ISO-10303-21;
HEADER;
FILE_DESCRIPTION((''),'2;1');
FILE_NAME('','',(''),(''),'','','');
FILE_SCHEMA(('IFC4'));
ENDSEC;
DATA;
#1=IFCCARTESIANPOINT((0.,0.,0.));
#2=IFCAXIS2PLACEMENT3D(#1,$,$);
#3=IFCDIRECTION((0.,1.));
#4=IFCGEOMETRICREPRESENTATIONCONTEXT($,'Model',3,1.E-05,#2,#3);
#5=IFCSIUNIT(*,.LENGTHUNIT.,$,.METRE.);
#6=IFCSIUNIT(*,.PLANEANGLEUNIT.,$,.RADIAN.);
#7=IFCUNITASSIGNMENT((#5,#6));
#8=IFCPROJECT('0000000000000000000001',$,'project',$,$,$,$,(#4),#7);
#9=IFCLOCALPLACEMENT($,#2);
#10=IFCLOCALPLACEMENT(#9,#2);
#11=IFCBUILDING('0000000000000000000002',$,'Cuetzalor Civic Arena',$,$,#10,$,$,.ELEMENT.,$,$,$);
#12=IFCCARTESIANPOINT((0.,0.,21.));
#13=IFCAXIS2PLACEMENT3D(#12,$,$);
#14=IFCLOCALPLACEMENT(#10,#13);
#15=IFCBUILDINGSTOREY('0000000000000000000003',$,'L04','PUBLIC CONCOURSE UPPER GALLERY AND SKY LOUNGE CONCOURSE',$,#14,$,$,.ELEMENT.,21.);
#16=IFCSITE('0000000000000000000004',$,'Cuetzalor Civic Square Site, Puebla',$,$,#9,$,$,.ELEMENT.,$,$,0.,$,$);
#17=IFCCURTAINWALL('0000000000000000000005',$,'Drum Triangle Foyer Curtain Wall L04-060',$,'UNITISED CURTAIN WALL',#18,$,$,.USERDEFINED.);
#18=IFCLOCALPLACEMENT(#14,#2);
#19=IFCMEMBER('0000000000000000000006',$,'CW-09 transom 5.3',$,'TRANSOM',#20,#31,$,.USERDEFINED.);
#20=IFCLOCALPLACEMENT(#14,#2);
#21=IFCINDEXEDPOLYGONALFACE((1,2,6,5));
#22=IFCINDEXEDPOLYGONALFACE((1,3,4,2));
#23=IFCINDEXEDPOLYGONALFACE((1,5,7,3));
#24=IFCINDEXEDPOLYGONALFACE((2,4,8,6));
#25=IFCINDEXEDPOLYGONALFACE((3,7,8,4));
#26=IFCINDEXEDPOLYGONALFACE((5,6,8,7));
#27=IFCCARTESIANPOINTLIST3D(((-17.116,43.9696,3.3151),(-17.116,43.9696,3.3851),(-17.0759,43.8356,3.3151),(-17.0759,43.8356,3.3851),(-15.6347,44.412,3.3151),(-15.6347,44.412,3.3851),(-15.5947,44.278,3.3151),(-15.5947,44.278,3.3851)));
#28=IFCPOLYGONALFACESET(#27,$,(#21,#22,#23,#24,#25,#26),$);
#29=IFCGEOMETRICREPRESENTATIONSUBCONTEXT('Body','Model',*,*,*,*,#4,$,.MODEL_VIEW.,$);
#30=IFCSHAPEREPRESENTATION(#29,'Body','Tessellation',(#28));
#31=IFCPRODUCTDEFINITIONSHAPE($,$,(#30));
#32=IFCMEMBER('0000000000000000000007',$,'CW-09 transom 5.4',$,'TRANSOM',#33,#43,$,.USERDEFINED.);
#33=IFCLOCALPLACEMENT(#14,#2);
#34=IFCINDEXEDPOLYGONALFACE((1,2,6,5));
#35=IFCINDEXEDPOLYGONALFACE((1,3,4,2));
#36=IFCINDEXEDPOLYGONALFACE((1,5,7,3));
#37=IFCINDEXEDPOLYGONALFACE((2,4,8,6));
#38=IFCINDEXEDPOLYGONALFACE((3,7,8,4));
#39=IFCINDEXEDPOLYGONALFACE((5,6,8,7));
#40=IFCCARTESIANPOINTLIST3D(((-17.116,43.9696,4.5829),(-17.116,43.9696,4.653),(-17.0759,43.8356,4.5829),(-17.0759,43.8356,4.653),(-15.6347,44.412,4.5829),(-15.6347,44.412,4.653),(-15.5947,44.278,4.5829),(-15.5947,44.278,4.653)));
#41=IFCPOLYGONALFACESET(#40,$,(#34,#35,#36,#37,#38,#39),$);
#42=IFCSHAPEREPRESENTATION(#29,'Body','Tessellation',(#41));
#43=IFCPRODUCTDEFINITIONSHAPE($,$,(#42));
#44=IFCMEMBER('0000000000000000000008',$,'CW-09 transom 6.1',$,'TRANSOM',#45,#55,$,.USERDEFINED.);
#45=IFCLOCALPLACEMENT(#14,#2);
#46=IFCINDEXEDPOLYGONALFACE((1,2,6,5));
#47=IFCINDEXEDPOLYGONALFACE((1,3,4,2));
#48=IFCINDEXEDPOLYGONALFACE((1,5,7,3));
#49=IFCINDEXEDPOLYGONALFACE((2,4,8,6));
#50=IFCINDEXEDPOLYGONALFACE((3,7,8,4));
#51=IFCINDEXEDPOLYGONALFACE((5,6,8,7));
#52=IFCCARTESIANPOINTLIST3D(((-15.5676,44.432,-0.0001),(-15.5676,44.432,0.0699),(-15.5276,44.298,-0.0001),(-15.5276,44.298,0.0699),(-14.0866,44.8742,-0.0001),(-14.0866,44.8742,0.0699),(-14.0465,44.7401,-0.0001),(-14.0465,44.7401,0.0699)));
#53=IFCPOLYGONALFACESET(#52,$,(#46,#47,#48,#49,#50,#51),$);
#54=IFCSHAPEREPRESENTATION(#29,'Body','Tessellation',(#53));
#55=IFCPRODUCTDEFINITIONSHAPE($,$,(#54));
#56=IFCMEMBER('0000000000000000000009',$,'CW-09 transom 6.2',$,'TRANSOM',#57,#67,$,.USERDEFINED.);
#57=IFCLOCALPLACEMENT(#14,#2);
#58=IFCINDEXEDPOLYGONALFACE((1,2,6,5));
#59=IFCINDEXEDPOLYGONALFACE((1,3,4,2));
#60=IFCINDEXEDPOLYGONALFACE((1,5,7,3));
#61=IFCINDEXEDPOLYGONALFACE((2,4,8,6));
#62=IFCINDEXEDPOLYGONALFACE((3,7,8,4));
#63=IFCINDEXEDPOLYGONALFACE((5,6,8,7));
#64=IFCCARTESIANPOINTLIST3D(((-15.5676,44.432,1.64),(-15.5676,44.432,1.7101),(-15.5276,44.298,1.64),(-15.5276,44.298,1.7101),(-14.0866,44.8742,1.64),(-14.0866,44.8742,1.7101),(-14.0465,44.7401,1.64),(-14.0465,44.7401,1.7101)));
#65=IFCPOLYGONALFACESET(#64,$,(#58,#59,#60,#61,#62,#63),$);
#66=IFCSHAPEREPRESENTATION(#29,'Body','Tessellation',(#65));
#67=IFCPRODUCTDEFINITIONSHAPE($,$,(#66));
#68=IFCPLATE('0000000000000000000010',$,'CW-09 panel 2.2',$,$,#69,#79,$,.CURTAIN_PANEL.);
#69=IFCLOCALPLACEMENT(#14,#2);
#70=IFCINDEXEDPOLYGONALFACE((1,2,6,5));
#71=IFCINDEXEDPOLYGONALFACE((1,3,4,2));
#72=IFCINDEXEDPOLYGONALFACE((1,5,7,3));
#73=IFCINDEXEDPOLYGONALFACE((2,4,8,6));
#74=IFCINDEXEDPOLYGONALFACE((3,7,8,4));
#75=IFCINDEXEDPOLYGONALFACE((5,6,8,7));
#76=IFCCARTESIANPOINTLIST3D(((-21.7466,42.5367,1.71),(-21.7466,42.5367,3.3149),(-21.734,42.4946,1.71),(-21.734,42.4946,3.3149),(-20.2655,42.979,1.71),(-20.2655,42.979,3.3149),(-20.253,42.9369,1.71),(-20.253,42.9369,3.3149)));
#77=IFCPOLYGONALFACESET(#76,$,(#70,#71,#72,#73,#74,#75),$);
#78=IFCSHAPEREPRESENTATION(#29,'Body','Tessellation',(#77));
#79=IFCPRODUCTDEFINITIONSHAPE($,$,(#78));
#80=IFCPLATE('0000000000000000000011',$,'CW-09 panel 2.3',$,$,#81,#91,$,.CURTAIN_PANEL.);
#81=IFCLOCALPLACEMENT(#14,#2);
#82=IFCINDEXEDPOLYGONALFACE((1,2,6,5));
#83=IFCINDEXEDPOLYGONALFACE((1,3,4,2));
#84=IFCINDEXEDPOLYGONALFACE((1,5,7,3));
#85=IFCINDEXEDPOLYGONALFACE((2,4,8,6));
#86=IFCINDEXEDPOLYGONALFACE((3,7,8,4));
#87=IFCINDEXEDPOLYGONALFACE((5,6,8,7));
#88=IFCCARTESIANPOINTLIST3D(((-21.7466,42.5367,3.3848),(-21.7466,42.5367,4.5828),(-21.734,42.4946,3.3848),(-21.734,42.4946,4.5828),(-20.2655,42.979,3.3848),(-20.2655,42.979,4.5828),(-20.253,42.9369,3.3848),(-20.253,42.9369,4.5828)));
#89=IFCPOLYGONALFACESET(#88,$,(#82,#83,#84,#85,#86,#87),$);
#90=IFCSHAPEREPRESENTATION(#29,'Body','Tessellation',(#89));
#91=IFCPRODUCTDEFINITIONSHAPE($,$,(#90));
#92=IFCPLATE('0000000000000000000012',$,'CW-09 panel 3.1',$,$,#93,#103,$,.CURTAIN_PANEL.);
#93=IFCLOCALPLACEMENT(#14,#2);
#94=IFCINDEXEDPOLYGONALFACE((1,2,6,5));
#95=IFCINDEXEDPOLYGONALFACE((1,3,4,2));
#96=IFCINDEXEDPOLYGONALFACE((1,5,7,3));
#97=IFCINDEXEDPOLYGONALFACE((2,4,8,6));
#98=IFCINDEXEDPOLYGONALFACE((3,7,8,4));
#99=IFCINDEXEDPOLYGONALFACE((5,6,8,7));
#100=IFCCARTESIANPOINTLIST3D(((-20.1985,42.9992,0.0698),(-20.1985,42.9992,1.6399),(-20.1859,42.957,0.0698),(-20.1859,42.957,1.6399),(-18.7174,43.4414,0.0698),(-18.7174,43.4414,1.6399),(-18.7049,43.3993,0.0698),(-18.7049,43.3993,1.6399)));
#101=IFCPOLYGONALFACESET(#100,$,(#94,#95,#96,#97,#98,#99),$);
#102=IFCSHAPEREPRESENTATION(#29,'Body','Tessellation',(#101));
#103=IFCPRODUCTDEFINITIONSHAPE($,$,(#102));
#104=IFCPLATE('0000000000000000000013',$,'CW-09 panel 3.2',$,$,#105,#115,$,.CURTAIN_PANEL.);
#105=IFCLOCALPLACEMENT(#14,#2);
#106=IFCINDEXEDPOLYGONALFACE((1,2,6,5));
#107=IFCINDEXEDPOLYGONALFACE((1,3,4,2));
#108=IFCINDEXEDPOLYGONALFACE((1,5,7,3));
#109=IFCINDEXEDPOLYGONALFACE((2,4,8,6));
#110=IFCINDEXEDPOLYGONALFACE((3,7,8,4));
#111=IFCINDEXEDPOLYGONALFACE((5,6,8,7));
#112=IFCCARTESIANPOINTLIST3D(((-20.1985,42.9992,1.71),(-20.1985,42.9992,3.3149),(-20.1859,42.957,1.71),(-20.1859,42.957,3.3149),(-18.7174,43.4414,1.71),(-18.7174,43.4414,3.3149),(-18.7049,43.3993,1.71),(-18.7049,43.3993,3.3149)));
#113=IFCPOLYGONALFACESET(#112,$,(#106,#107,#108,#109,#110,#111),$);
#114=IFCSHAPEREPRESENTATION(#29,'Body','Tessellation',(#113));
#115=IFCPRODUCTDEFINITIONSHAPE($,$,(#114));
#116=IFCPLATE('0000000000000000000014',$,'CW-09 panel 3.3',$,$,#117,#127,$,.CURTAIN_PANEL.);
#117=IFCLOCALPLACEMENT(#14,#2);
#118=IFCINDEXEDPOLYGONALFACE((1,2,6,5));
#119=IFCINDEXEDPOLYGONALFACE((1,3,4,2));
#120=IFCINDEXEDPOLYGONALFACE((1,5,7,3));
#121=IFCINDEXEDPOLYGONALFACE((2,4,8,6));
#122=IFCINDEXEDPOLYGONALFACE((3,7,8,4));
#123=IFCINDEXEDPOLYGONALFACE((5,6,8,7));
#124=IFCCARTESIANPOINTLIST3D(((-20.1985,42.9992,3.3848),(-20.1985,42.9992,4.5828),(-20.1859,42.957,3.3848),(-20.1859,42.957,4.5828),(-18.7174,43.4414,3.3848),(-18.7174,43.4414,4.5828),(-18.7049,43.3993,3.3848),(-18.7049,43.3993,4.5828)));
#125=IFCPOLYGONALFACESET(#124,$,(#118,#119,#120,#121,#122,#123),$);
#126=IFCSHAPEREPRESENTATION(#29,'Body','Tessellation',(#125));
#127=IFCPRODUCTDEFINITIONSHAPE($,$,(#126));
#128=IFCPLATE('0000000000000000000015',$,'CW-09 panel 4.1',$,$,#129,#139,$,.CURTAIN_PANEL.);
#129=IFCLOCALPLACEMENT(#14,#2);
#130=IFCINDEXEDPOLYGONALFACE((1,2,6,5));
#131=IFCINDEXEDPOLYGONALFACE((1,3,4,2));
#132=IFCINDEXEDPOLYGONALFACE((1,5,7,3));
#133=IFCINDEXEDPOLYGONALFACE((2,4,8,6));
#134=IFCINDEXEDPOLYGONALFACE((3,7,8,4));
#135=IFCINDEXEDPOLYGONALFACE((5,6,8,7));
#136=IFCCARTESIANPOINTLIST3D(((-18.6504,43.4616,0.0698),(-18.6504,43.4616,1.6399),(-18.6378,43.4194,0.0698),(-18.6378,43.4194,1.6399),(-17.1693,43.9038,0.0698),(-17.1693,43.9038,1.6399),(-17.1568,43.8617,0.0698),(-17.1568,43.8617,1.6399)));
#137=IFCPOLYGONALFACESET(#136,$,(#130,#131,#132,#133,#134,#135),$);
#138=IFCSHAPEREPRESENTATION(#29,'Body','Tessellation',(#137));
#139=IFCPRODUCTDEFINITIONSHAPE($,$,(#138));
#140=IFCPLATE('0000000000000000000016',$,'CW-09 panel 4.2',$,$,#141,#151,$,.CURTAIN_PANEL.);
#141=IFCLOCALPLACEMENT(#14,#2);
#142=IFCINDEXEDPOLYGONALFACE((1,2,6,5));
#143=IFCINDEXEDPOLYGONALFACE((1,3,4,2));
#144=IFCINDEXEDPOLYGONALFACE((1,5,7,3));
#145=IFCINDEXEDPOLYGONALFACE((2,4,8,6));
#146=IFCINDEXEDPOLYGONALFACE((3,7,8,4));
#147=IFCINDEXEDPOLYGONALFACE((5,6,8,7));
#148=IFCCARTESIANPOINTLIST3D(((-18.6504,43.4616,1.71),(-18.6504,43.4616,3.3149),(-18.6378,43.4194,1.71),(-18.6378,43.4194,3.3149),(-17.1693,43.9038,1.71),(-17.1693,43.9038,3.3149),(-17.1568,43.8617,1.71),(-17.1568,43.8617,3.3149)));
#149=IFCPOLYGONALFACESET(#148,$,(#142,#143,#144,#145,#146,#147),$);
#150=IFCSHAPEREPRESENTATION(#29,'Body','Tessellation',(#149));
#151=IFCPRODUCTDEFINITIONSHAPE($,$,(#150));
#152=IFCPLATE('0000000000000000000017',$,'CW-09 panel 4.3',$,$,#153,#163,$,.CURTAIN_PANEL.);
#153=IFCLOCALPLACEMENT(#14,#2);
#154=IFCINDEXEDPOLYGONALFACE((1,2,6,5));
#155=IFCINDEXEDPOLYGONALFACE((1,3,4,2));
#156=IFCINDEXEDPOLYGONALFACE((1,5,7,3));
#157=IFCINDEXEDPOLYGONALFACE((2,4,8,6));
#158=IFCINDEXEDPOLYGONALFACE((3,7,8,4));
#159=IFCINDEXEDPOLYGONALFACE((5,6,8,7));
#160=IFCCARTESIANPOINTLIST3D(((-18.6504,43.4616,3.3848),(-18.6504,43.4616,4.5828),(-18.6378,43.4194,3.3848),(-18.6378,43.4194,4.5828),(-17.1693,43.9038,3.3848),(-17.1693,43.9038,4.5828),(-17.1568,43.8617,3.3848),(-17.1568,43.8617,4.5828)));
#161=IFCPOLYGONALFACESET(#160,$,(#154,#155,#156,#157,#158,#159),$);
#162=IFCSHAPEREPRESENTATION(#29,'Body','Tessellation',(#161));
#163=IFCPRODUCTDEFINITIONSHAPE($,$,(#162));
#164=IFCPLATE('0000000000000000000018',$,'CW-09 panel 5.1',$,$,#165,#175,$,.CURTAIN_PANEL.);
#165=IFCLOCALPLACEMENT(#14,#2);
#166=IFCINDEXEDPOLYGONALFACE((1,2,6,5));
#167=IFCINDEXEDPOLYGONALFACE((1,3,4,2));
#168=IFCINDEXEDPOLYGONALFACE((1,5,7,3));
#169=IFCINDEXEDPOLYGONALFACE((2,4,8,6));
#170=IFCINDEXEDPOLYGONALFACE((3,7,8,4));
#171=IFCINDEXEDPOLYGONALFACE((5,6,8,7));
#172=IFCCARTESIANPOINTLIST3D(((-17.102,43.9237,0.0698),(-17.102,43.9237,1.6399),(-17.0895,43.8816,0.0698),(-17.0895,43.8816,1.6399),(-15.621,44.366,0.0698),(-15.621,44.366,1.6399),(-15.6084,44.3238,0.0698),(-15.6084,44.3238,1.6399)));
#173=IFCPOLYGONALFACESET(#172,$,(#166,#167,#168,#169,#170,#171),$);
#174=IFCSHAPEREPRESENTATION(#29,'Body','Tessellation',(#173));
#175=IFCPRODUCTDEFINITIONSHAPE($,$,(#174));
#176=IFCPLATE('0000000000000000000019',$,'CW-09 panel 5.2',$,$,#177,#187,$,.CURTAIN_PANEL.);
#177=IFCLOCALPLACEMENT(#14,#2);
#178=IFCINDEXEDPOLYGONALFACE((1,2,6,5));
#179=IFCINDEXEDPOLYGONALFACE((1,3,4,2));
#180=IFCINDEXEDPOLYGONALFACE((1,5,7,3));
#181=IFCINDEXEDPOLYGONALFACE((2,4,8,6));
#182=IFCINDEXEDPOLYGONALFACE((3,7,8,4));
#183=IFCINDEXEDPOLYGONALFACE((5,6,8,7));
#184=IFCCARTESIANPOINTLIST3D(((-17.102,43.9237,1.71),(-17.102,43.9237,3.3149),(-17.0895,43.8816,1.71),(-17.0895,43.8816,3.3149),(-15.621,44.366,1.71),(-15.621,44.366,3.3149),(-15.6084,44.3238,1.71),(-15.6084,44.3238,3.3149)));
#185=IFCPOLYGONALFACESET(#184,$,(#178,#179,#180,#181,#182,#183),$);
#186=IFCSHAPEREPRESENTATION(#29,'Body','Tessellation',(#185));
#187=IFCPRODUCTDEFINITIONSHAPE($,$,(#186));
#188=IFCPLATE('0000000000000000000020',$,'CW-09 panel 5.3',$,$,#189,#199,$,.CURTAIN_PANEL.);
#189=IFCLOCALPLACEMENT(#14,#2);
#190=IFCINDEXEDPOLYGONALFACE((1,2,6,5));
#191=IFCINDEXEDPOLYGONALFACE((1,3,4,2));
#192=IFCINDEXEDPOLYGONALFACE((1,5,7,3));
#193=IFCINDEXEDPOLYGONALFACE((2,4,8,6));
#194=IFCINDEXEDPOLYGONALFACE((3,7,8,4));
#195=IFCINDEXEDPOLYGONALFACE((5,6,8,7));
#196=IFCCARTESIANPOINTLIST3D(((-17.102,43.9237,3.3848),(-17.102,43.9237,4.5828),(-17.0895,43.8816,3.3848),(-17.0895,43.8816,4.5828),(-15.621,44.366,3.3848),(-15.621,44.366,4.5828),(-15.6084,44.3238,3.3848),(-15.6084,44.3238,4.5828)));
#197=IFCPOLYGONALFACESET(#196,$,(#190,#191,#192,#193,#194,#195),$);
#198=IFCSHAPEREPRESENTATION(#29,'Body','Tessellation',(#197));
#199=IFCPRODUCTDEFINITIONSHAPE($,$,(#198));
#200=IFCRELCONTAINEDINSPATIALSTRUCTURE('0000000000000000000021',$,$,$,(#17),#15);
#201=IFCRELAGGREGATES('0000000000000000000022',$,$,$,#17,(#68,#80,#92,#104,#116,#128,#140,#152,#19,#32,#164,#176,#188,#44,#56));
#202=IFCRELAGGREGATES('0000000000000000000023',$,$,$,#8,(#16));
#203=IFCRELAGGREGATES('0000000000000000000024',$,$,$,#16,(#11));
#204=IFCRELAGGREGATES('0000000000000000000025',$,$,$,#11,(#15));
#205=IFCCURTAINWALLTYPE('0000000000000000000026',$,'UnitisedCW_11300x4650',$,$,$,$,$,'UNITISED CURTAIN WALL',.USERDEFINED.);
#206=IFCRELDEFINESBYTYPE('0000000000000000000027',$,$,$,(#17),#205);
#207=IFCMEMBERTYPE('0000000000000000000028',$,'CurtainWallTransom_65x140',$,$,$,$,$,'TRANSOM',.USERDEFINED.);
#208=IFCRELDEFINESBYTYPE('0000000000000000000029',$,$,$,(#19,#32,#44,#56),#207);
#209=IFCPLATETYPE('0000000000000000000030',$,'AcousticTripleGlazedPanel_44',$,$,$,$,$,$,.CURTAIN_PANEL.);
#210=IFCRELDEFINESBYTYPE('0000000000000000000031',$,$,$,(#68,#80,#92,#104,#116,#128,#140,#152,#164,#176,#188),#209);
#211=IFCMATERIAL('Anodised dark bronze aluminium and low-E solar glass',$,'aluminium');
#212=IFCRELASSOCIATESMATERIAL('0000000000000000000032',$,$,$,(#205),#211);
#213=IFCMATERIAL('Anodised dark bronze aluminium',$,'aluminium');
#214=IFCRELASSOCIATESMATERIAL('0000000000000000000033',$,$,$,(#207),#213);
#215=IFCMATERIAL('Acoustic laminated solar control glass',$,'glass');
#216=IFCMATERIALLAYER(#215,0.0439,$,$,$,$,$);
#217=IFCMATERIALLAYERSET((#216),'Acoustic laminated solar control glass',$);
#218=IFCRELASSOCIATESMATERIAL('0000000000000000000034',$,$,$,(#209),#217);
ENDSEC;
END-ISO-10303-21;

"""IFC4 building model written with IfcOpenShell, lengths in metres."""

from ifc_helpers import new_model, si_unit, direction, frame, origin, origin_2d, place, context, subcontext, project, spatial, rectangle, extrude, material, layer, layer_set, material_profile, profile_set, type_object, element, aggregate, save


model = new_model("IFC4")

# Units and contexts
model_context = context("Model", 3, precision=1e-05, world=origin(), true_north=direction((0.0, 1.0)))
body_context = subcontext(model_context, "Body", "Model", "MODEL_VIEW")
ifc_project = project(units=[si_unit("LENGTHUNIT", "METRE"), si_unit("PLANEANGLEUNIT", "RADIAN")], contexts=[model_context])

# Site, building, storey
site_placement = place(None, origin())
site = spatial("IfcSite", under=ifc_project, at=site_placement, Name="Cuetzalor Civic Square Site, Puebla", CompositionType="ELEMENT", RefElevation=0.0)
building_placement = place(site_placement, origin())
building = spatial("IfcBuilding", under=site, at=building_placement, Name="Cuetzalor Civic Arena", CompositionType="ELEMENT")
storey_placement = place(building_placement, frame((0.0, 0.0, 21.0)))
storey = spatial("IfcBuildingStorey", under=building, at=storey_placement, Name="L04", Description="PUBLIC CONCOURSE UPPER GALLERY AND SKY LOUNGE CONCOURSE", CompositionType="ELEMENT", Elevation=21.0)

# Curtain wall, members, plates
ifc_material_1 = material(Name="Anodised dark bronze aluminium and low-E solar glass", Category="aluminium")
curtain_wall_type = type_object("IfcCurtainWallType", Name="UnitisedCW_11300x4650", ElementType="UNITISED CURTAIN WALL", PredefinedType="USERDEFINED", material=ifc_material_1)
curtain_wall_placement = place(storey_placement, origin())
curtain_wall = element("IfcCurtainWall", 1, at=curtain_wall_placement, inside=storey, type_object=curtain_wall_type, Name="Drum Triangle Foyer Curtain Wall L04-060", ObjectType="UNITISED CURTAIN WALL", PredefinedType="USERDEFINED")
ifc_material_2 = material(Name="Anodised dark bronze aluminium", Category="aluminium")
ifc_material_profile_1 = material_profile(ifc_material_2, rectangle(XDim=0.1399, YDim=0.0701, at=origin_2d()), Name="ALU TRANSOM 70x140")
ifc_profile_set_1 = profile_set([ifc_material_profile_1], Name="Anodised dark bronze aluminium")
member_type_1 = type_object("IfcMemberType", Name="CurtainWallTransom_65x140", ElementType="TRANSOM", PredefinedType="USERDEFINED", material=ifc_profile_set_1)
member_1_placement = place(storey_placement, frame((-17.0959, 43.9026, 3.3501), z_axis=(0.958178, 0.286174, 0.0), x_axis=(-0.286174, 0.958178, 0.0)))
member_1 = element("IfcMember", 2, at=member_1_placement, type_object=member_type_1, Name="CW-09 transom 5.3", ObjectType="TRANSOM", PredefinedType="USERDEFINED", context=body_context, shape_type="SweptSolid", body=[
    extrude(rectangle(XDim=0.1399, YDim=0.0701, at=origin_2d()), origin(), (0.0, 0.0, 1.0), 1.5459),
])
member_2_placement = place(storey_placement, frame((-17.0959, 43.9026, 4.6179), z_axis=(0.958178, 0.286174, 0.0), x_axis=(-0.286174, 0.958178, 0.0)))
member_2 = element("IfcMember", 3, at=member_2_placement, type_object=member_type_1, Name="CW-09 transom 5.4", ObjectType="TRANSOM", PredefinedType="USERDEFINED", context=body_context, shape_type="SweptSolid", body=[
    extrude(rectangle(XDim=0.1399, YDim=0.0701, at=origin_2d()), origin(), (0.0, 0.0, 1.0), 1.5459),
])
member_3_placement = place(storey_placement, frame((-15.5476, 44.365, 0.0349), z_axis=(0.958208, 0.286072, 0.0), x_axis=(-0.286072, 0.958208, 0.0)))
member_3 = element("IfcMember", 4, at=member_3_placement, type_object=member_type_1, Name="CW-09 transom 6.1", ObjectType="TRANSOM", PredefinedType="USERDEFINED", context=body_context, shape_type="SweptSolid", body=[
    extrude(rectangle(XDim=0.1399, YDim=0.0701, at=origin_2d()), origin(), (0.0, 0.0, 1.0), 1.5457),
])
member_4_placement = place(storey_placement, frame((-15.5476, 44.365, 1.675), z_axis=(0.958208, 0.286072, 0.0), x_axis=(-0.286072, 0.958208, 0.0)))
member_4 = element("IfcMember", 5, at=member_4_placement, type_object=member_type_1, Name="CW-09 transom 6.2", ObjectType="TRANSOM", PredefinedType="USERDEFINED", context=body_context, shape_type="SweptSolid", body=[
    extrude(rectangle(XDim=0.1399, YDim=0.0701, at=origin_2d()), origin(), (0.0, 0.0, 1.0), 1.5457),
])
ifc_material_3 = material(Name="Acoustic laminated solar control glass", Category="glass")
ifc_layer = layer(ifc_material_3, 0.0439)
ifc_layer_set = layer_set([ifc_layer], Name="Acoustic laminated solar control glass")
plate_type = type_object("IfcPlateType", Name="AcousticTripleGlazedPanel_44", PredefinedType="CURTAIN_PANEL", material=ifc_layer_set)
plate_1_placement = place(storey_placement, frame((-20.9998, 42.7368, 1.71), z_axis=(0.0, 0.0, 1.0), x_axis=(0.958194, 0.28612, 0.0)))
plate_1 = element("IfcPlate", 6, at=plate_1_placement, type_object=plate_type, Name="CW-09 panel 2.2", PredefinedType="CURTAIN_PANEL", context=body_context, shape_type="SweptSolid", body=[
    extrude(rectangle(XDim=1.5457, YDim=0.0439, at=origin_2d()), origin(), (0.0, 0.0, 1.0), 1.605),
])
plate_2_placement = place(storey_placement, frame((-20.9998, 42.7368, 3.3848), z_axis=(0.0, 0.0, 1.0), x_axis=(0.958194, 0.28612, 0.0)))
plate_2 = element("IfcPlate", 7, at=plate_2_placement, type_object=plate_type, Name="CW-09 panel 2.3", PredefinedType="CURTAIN_PANEL", context=body_context, shape_type="SweptSolid", body=[
    extrude(rectangle(XDim=1.5457, YDim=0.0439, at=origin_2d()), origin(), (0.0, 0.0, 1.0), 1.198),
])
plate_3_placement = place(storey_placement, frame((-19.4517, 43.1992, 0.0698), z_axis=(0.0, 0.0, 1.0), x_axis=(0.958194, 0.28612, 0.0)))
plate_3 = element("IfcPlate", 8, at=plate_3_placement, type_object=plate_type, Name="CW-09 panel 3.1", PredefinedType="CURTAIN_PANEL", context=body_context, shape_type="SweptSolid", body=[
    extrude(rectangle(XDim=1.5457, YDim=0.0439, at=origin_2d()), origin(), (0.0, 0.0, 1.0), 1.5701),
])
plate_4_placement = place(storey_placement, frame((-19.4517, 43.1992, 1.71), z_axis=(0.0, 0.0, 1.0), x_axis=(0.958194, 0.28612, 0.0)))
plate_4 = element("IfcPlate", 9, at=plate_4_placement, type_object=plate_type, Name="CW-09 panel 3.2", PredefinedType="CURTAIN_PANEL", context=body_context, shape_type="SweptSolid", body=[
    extrude(rectangle(XDim=1.5457, YDim=0.0439, at=origin_2d()), origin(), (0.0, 0.0, 1.0), 1.605),
])
plate_5_placement = place(storey_placement, frame((-19.4517, 43.1992, 3.3848), z_axis=(0.0, 0.0, 1.0), x_axis=(0.958194, 0.28612, 0.0)))
plate_5 = element("IfcPlate", 10, at=plate_5_placement, type_object=plate_type, Name="CW-09 panel 3.3", PredefinedType="CURTAIN_PANEL", context=body_context, shape_type="SweptSolid", body=[
    extrude(rectangle(XDim=1.5457, YDim=0.0439, at=origin_2d()), origin(), (0.0, 0.0, 1.0), 1.198),
])
plate_6_placement = place(storey_placement, frame((-17.9036, 43.6616, 0.0698), z_axis=(0.0, 0.0, 1.0), x_axis=(0.958194, 0.28612, 0.0)))
plate_6 = element("IfcPlate", 11, at=plate_6_placement, type_object=plate_type, Name="CW-09 panel 4.1", PredefinedType="CURTAIN_PANEL", context=body_context, shape_type="SweptSolid", body=[
    extrude(rectangle(XDim=1.5457, YDim=0.0439, at=origin_2d()), origin(), (0.0, 0.0, 1.0), 1.5701),
])
plate_7_placement = place(storey_placement, frame((-17.9036, 43.6616, 1.71), z_axis=(0.0, 0.0, 1.0), x_axis=(0.958194, 0.28612, 0.0)))
plate_7 = element("IfcPlate", 12, at=plate_7_placement, type_object=plate_type, Name="CW-09 panel 4.2", PredefinedType="CURTAIN_PANEL", context=body_context, shape_type="SweptSolid", body=[
    extrude(rectangle(XDim=1.5457, YDim=0.0439, at=origin_2d()), origin(), (0.0, 0.0, 1.0), 1.605),
])
plate_8_placement = place(storey_placement, frame((-17.9036, 43.6616, 3.3848), z_axis=(0.0, 0.0, 1.0), x_axis=(0.958194, 0.28612, 0.0)))
plate_8 = element("IfcPlate", 13, at=plate_8_placement, type_object=plate_type, Name="CW-09 panel 4.3", PredefinedType="CURTAIN_PANEL", context=body_context, shape_type="SweptSolid", body=[
    extrude(rectangle(XDim=1.5457, YDim=0.0439, at=origin_2d()), origin(), (0.0, 0.0, 1.0), 1.198),
])
plate_9_placement = place(storey_placement, frame((-16.3552, 44.1238, 0.0698), z_axis=(0.0, 0.0, 1.0), x_axis=(0.958194, 0.28612, 0.0)))
plate_9 = element("IfcPlate", 14, at=plate_9_placement, type_object=plate_type, Name="CW-09 panel 5.1", PredefinedType="CURTAIN_PANEL", context=body_context, shape_type="SweptSolid", body=[
    extrude(rectangle(XDim=1.5457, YDim=0.0439, at=origin_2d()), origin(), (0.0, 0.0, 1.0), 1.5701),
])
plate_10_placement = place(storey_placement, frame((-16.3552, 44.1238, 1.71), z_axis=(0.0, 0.0, 1.0), x_axis=(0.958194, 0.28612, 0.0)))
plate_10 = element("IfcPlate", 15, at=plate_10_placement, type_object=plate_type, Name="CW-09 panel 5.2", PredefinedType="CURTAIN_PANEL", context=body_context, shape_type="SweptSolid", body=[
    extrude(rectangle(XDim=1.5457, YDim=0.0439, at=origin_2d()), origin(), (0.0, 0.0, 1.0), 1.605),
])
plate_11_placement = place(storey_placement, frame((-16.3552, 44.1238, 3.3848), z_axis=(0.0, 0.0, 1.0), x_axis=(0.958194, 0.28612, 0.0)))
plate_11 = element("IfcPlate", 16, at=plate_11_placement, type_object=plate_type, Name="CW-09 panel 5.3", PredefinedType="CURTAIN_PANEL", context=body_context, shape_type="SweptSolid", body=[
    extrude(rectangle(XDim=1.5457, YDim=0.0439, at=origin_2d()), origin(), (0.0, 0.0, 1.0), 1.198),
])
aggregate(curtain_wall, [plate_1, plate_2, plate_3, plate_4, plate_5, plate_6, plate_7, plate_8, member_1, member_2, plate_9, plate_10, plate_11, member_3, member_4])

save(model, "model.ifc")
